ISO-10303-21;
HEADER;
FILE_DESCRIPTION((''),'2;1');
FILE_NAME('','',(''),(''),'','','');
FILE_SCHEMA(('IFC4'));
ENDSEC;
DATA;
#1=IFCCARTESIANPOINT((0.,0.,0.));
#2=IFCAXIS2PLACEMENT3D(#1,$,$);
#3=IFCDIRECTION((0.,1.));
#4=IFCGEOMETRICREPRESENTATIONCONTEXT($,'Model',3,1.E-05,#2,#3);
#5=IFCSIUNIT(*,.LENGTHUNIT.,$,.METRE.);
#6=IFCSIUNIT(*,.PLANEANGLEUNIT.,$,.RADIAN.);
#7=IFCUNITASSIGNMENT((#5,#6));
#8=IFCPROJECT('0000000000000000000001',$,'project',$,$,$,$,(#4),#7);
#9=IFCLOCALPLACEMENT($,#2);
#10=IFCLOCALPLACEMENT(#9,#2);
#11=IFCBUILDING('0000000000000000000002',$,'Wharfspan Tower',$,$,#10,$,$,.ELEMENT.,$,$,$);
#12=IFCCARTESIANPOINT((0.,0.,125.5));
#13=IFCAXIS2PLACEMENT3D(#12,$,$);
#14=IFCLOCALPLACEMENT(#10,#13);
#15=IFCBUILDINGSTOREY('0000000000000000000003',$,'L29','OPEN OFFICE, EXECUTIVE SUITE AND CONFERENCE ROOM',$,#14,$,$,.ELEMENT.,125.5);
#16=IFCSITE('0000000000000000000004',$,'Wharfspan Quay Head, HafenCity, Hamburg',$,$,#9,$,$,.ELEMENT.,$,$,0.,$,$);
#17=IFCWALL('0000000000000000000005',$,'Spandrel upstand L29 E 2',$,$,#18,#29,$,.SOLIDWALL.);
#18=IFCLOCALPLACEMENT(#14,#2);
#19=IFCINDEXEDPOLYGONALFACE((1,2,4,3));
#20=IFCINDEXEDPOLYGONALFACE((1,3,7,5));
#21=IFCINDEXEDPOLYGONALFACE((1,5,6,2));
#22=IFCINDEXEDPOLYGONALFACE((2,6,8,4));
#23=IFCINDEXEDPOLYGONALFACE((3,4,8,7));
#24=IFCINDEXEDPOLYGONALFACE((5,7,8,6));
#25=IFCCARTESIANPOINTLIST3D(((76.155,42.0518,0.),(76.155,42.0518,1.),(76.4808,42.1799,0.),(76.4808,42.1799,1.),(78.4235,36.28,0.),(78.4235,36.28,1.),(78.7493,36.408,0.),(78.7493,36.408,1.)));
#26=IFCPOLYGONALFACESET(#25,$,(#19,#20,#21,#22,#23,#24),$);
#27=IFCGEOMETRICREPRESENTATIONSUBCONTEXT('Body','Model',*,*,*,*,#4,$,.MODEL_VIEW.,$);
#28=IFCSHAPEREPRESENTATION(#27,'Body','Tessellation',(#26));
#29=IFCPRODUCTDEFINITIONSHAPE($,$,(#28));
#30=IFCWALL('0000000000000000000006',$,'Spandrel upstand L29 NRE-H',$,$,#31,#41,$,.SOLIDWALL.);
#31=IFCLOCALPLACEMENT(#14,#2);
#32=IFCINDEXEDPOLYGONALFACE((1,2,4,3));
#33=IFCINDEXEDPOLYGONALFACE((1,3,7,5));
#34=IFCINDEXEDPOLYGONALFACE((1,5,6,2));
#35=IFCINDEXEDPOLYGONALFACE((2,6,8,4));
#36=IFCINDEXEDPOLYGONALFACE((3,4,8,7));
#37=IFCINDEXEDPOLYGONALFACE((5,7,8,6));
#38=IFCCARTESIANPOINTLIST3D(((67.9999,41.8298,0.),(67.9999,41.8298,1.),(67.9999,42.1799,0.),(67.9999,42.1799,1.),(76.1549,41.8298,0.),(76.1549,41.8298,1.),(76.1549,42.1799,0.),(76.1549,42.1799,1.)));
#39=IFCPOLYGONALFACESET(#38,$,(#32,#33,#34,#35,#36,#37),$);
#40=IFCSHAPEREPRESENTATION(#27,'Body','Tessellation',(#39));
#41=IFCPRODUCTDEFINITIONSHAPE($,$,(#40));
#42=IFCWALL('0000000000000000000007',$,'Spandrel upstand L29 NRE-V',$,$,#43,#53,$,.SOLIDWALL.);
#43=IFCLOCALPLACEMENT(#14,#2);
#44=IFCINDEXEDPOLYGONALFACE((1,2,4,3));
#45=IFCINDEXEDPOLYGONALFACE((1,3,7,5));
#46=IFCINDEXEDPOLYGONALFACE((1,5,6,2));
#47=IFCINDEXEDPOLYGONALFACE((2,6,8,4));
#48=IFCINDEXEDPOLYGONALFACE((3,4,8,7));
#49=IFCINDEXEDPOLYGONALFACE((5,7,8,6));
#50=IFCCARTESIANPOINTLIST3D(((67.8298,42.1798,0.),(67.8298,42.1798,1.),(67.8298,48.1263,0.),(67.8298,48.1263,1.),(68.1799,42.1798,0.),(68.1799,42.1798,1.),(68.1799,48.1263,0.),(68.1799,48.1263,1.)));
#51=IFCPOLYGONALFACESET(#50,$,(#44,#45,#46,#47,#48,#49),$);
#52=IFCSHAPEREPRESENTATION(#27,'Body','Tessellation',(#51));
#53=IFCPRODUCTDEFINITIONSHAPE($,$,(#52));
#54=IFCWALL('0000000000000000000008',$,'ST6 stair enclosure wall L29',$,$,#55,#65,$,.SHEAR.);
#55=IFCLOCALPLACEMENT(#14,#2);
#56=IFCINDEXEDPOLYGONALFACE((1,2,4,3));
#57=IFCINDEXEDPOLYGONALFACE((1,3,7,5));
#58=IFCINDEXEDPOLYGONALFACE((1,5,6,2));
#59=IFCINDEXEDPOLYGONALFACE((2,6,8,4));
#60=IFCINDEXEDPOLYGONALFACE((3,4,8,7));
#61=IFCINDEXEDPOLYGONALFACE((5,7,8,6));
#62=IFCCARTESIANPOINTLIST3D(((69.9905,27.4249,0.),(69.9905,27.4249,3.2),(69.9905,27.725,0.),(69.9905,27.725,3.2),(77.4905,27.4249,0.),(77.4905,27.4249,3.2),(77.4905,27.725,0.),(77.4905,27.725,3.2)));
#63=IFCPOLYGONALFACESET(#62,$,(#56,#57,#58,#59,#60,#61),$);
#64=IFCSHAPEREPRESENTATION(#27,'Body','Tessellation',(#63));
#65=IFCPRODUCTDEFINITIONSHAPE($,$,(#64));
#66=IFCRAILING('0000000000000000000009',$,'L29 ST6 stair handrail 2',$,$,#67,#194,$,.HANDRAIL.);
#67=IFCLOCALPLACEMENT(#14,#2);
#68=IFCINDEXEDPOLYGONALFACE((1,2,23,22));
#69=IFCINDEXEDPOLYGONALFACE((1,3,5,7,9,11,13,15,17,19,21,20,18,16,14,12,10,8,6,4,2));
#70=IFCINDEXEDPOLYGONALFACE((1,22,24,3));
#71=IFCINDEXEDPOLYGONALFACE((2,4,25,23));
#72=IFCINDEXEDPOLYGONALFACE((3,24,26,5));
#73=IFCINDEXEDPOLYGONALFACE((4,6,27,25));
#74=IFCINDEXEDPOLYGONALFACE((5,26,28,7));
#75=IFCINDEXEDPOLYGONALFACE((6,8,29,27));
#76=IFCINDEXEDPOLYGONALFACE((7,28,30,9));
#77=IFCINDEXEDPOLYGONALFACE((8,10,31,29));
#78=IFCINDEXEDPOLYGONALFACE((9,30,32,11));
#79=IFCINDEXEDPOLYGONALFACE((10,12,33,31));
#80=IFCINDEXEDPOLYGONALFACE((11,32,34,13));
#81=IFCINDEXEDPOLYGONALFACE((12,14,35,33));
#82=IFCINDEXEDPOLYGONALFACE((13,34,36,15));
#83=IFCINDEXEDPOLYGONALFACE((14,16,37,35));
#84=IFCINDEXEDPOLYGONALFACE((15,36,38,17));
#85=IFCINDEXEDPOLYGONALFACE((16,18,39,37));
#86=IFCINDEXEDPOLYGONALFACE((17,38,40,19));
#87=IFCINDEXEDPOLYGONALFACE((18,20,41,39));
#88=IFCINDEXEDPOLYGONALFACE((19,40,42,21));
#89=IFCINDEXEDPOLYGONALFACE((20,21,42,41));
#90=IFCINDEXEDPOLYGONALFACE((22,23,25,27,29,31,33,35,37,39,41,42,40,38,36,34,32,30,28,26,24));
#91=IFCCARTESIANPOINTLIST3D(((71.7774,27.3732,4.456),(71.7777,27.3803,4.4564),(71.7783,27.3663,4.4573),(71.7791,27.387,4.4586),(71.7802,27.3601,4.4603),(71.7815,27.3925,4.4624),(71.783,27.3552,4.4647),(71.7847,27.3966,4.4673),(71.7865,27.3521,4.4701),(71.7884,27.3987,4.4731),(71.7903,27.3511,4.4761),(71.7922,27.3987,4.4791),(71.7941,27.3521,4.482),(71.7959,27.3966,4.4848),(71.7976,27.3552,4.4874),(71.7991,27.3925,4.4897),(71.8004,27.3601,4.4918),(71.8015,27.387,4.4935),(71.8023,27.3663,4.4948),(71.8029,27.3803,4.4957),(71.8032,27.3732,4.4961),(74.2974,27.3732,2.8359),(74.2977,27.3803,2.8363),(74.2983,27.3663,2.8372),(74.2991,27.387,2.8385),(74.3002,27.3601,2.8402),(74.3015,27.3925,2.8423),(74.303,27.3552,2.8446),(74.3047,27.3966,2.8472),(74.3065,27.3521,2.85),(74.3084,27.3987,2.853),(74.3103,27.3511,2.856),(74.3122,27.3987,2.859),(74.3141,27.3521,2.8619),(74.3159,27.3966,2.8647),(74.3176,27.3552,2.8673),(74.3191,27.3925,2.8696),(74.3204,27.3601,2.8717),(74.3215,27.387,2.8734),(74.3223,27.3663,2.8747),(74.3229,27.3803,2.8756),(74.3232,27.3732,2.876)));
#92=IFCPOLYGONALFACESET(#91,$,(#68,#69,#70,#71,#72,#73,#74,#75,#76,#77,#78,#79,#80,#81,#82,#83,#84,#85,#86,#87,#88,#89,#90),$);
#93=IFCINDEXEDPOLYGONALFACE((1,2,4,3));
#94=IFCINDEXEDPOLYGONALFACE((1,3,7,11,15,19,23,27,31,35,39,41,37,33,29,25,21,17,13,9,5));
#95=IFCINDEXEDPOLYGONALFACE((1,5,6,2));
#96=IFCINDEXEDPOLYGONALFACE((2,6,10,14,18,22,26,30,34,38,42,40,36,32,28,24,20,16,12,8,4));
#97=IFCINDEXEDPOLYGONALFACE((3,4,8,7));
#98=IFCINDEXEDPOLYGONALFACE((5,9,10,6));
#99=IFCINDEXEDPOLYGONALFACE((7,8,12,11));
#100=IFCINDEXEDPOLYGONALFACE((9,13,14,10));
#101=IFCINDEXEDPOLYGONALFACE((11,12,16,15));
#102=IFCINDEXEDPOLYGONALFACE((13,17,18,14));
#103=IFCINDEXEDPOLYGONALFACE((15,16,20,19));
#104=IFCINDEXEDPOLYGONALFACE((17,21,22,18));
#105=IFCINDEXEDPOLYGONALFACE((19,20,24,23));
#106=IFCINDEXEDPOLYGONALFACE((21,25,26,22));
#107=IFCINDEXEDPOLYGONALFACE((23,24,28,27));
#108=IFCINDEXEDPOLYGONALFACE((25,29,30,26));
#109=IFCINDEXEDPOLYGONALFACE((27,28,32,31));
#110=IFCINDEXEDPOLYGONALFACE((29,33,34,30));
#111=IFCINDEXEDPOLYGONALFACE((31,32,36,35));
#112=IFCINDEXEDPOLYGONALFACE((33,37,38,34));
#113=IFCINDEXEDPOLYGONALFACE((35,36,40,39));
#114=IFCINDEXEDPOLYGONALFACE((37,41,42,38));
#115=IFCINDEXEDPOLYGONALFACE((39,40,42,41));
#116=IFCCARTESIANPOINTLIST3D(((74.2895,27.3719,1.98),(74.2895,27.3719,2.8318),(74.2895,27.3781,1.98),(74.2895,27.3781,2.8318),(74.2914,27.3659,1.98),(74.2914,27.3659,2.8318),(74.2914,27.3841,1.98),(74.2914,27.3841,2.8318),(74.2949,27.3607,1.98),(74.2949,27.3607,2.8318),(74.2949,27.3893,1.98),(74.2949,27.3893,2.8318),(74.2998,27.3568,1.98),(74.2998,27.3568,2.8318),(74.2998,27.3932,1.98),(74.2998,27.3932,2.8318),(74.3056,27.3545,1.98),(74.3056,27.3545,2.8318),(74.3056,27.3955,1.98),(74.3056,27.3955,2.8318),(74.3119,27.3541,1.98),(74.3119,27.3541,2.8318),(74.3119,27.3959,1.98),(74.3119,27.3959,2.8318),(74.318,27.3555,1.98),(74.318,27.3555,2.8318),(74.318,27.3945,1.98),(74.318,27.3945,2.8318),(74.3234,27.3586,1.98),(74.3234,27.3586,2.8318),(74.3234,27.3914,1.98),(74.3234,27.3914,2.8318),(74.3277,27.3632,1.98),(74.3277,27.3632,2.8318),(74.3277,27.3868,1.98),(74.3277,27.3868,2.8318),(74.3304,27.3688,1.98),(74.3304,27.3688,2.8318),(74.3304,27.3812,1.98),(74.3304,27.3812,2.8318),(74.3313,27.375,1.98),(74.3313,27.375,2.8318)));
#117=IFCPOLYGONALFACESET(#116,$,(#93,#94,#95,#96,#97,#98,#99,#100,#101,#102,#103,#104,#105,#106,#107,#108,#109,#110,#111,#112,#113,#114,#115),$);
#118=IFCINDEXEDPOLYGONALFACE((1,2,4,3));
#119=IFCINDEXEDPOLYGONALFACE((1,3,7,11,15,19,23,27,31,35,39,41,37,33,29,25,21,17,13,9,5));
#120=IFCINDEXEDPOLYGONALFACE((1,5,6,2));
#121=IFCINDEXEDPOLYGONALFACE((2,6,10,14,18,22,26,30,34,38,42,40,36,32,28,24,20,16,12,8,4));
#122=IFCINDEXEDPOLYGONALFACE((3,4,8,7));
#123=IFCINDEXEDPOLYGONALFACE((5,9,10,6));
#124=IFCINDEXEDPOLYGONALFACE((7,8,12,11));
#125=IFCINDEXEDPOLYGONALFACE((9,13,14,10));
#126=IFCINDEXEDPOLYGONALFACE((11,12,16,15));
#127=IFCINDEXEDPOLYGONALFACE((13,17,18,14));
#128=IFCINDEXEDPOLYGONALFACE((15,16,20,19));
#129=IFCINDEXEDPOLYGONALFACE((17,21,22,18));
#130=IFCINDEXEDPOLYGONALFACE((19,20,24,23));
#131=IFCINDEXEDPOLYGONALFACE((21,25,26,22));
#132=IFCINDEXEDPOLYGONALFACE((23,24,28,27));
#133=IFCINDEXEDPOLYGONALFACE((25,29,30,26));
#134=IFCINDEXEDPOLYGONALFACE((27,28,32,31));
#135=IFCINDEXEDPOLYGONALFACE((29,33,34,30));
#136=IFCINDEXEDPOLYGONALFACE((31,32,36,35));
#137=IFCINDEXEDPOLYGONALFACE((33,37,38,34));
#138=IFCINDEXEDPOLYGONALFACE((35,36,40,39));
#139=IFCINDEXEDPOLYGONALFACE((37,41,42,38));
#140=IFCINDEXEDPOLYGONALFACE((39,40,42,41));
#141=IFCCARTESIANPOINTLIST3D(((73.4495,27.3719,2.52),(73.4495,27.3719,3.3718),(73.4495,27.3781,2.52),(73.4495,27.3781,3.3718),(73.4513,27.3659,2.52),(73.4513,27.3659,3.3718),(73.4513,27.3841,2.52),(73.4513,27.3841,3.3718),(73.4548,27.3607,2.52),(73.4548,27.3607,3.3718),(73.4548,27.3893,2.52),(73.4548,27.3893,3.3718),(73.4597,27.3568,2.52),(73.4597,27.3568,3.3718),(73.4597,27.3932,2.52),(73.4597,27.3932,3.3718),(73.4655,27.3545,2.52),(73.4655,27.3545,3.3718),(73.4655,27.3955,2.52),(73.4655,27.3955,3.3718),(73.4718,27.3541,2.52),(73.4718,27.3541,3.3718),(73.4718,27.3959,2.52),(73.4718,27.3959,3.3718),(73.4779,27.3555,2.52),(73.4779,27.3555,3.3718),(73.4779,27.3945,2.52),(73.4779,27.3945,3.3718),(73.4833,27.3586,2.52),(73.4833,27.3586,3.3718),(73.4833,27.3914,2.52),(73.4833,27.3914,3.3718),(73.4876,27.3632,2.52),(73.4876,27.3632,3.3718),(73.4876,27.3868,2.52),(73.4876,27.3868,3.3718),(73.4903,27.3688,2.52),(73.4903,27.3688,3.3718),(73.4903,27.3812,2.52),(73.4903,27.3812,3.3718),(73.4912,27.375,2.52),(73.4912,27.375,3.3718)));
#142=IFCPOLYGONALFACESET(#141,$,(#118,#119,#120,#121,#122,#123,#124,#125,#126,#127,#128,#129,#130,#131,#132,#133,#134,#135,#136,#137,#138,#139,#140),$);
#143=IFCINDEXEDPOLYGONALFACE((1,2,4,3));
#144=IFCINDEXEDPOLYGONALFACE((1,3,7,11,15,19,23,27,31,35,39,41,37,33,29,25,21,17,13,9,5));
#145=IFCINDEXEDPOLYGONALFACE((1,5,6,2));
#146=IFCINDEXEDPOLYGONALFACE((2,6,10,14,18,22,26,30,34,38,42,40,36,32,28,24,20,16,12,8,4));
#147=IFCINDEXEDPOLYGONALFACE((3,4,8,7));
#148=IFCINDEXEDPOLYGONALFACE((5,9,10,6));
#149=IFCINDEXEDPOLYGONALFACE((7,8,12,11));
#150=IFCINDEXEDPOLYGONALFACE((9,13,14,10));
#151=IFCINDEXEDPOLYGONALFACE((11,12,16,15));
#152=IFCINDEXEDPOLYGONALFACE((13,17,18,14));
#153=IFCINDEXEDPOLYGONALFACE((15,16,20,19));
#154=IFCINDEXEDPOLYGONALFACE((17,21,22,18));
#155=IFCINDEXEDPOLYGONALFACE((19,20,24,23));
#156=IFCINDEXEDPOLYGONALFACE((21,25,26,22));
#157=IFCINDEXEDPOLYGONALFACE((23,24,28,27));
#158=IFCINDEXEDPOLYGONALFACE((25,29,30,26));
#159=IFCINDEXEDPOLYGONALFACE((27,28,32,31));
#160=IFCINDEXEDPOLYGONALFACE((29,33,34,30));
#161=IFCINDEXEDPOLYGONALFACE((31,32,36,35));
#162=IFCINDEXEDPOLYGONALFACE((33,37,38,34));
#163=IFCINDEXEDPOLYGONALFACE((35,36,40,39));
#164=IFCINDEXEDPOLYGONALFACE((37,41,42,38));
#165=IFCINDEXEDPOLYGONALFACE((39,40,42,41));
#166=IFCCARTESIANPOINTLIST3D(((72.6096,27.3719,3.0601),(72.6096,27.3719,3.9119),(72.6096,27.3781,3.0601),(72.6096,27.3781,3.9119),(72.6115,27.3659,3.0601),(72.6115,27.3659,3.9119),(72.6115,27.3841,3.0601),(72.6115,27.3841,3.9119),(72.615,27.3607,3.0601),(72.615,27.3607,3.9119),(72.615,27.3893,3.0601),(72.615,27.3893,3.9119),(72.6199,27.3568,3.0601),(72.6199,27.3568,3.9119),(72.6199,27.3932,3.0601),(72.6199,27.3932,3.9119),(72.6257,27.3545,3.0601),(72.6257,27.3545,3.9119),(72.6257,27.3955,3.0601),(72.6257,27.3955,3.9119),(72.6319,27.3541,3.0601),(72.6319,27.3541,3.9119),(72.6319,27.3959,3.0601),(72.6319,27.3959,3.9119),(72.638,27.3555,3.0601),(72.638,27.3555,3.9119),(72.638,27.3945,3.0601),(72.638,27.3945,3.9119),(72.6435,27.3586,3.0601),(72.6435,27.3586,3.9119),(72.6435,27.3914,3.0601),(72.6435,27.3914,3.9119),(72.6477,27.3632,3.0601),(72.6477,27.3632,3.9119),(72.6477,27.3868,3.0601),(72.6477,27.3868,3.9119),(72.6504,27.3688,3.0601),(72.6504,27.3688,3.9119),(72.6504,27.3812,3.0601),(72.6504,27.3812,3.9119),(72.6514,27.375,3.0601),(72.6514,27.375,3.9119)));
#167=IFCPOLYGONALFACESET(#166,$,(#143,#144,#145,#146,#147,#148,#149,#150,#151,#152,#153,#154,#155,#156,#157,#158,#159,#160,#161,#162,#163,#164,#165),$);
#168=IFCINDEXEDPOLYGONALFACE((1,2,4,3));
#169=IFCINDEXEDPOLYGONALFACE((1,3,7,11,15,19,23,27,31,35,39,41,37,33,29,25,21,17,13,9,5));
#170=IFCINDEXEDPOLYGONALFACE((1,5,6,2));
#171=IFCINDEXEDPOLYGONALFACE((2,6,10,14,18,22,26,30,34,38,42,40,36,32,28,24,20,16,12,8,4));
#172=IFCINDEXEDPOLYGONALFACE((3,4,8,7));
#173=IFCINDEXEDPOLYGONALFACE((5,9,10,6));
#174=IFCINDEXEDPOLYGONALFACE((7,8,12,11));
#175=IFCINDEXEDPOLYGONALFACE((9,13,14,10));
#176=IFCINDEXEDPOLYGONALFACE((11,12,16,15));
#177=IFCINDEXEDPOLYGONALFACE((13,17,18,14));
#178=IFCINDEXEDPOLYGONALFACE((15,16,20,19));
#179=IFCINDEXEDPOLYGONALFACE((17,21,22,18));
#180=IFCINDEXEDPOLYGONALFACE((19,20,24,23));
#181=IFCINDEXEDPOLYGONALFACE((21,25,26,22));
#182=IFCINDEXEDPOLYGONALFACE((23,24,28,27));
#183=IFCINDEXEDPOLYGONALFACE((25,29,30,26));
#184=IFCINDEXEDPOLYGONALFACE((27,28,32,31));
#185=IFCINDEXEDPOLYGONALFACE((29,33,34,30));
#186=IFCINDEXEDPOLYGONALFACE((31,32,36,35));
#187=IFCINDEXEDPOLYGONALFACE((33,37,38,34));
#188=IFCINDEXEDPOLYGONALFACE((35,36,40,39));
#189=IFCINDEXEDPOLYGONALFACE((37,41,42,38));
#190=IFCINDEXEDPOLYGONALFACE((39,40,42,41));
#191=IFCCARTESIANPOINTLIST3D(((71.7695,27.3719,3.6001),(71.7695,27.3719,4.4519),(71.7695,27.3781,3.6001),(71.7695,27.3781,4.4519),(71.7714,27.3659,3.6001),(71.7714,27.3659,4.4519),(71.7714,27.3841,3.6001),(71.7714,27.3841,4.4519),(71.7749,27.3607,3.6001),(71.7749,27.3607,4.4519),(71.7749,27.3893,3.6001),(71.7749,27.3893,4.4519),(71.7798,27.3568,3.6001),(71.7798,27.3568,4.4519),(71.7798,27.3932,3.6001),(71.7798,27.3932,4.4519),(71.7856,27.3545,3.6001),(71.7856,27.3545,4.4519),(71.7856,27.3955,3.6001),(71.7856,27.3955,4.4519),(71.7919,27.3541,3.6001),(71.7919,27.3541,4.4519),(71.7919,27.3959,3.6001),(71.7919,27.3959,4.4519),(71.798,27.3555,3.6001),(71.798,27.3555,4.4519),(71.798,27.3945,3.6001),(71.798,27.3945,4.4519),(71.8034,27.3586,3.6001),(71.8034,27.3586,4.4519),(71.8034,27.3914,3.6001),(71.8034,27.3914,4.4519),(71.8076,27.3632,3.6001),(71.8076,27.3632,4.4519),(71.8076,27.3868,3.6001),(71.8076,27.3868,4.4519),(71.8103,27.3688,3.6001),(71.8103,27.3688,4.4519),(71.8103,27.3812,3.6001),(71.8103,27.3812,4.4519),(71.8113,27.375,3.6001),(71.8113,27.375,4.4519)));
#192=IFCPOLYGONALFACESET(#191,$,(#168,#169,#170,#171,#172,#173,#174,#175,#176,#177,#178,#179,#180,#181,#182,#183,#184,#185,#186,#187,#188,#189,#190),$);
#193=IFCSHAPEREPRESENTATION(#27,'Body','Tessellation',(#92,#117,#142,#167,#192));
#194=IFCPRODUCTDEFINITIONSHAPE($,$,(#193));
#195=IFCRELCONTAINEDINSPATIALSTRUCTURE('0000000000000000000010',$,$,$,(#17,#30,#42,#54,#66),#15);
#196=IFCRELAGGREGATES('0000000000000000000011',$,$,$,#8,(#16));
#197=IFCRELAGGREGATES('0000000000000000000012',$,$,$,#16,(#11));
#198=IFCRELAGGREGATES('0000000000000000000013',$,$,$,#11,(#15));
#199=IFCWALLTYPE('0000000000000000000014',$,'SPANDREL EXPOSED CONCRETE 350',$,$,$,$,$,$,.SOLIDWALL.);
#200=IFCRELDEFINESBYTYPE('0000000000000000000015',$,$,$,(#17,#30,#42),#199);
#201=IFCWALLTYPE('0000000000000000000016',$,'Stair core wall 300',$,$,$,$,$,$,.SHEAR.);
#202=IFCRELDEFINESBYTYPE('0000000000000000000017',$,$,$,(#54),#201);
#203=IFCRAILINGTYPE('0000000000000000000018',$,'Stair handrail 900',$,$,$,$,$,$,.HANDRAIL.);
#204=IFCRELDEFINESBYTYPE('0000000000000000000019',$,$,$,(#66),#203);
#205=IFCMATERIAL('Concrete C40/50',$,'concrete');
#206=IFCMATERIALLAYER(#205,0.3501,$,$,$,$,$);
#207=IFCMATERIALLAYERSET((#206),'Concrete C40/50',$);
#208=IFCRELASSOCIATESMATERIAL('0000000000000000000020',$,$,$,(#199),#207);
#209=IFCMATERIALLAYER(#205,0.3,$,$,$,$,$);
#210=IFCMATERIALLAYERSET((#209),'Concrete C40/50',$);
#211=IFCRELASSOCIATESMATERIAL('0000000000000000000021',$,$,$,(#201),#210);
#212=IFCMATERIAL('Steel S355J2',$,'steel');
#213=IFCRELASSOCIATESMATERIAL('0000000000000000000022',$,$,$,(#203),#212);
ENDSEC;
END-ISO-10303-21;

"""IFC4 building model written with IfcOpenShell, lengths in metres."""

from ifc_helpers import new_model, si_unit, direction, frame, frame_2d, origin, origin_2d, place, context, subcontext, project, spatial, rectangle, circle, extrude, material, layer, layer_set, type_object, element, save


model = new_model("IFC4")

# Units and contexts
model_context = context("Model", 3, precision=1e-05, world=origin(), true_north=direction((0.0, 1.0)))
body_context = subcontext(model_context, "Body", "Model", "MODEL_VIEW")
ifc_project = project(units=[si_unit("LENGTHUNIT", "METRE"), si_unit("PLANEANGLEUNIT", "RADIAN")], contexts=[model_context])

# Site, building, storey
site_placement = place(None, origin())
site = spatial("IfcSite", under=ifc_project, at=site_placement, Name="Wharfspan Quay Head, HafenCity, Hamburg", CompositionType="ELEMENT", RefElevation=0.0)
building_placement = place(site_placement, origin())
building = spatial("IfcBuilding", under=site, at=building_placement, Name="Wharfspan Tower", CompositionType="ELEMENT")
storey_placement = place(building_placement, frame((0.0, 0.0, 125.5)))
storey = spatial("IfcBuildingStorey", under=building, at=storey_placement, Name="L29", Description="OPEN OFFICE, EXECUTIVE SUITE AND CONFERENCE ROOM", CompositionType="ELEMENT", Elevation=125.5)

# Shared definitions
ifc_material_1 = material(Name="Steel S355J2", Category="steel")

# Walls
ifc_material_2 = material(Name="Concrete C40/50", Category="concrete")
ifc_layer_1 = layer(ifc_material_2, 0.3501)
ifc_layer_set_1 = layer_set([ifc_layer_1], Name="Concrete C40/50")
wall_type_1 = type_object("IfcWallType", Name="SPANDREL EXPOSED CONCRETE 350", PredefinedType="SOLIDWALL", material=ifc_layer_set_1)
wall_1_placement = place(storey_placement, frame((78.5864, 36.344, 0.0), z_axis=(0.0, 0.0, 1.0), x_axis=(-0.365792, 0.930699, 0.0)))
element("IfcWall", 1, at=wall_1_placement, inside=storey, type_object=wall_type_1, Name="Spandrel upstand L29 E 2", PredefinedType="SOLIDWALL", context=body_context, shape_type="SweptSolid", body=[
    extrude(rectangle(XDim=6.2017, YDim=0.3501, at=frame_2d((3.1008, 0.0))), origin(), (0.0, 0.0, 1.0), 1.0),
])
wall_2_placement = place(storey_placement, frame((76.155, 42.0049, 0.0), z_axis=(0.0, 0.0, 1.0), x_axis=(-1.0, 0.0, 0.0)))
element("IfcWall", 2, at=wall_2_placement, inside=storey, type_object=wall_type_1, Name="Spandrel upstand L29 NRE-H", PredefinedType="SOLIDWALL", context=body_context, shape_type="SweptSolid", body=[
    extrude(rectangle(XDim=8.155, YDim=0.3501, at=frame_2d((4.0776, 0.0))), origin(), (0.0, 0.0, 1.0), 1.0),
])
wall_3_placement = place(storey_placement, frame((68.0049, 42.1799, 0.0), z_axis=(0.0, 0.0, 1.0), x_axis=(0.0, 1.0, 0.0)))
element("IfcWall", 3, at=wall_3_placement, inside=storey, type_object=wall_type_1, Name="Spandrel upstand L29 NRE-V", PredefinedType="SOLIDWALL", context=body_context, shape_type="SweptSolid", body=[
    extrude(rectangle(XDim=5.9465, YDim=0.3501, at=frame_2d((2.9731, 0.0))), origin(), (0.0, 0.0, 1.0), 1.0),
])
ifc_layer_2 = layer(ifc_material_2, 0.3)
ifc_layer_set_2 = layer_set([ifc_layer_2], Name="Concrete C40/50")
wall_type_2 = type_object("IfcWallType", Name="Stair core wall 300", PredefinedType="SHEAR", material=ifc_layer_set_2)
wall_4_placement = place(storey_placement, frame((69.9905, 27.575, 0.0), z_axis=(0.0, 0.0, 1.0), x_axis=(1.0, 0.0, 0.0)))
element("IfcWall", 4, at=wall_4_placement, inside=storey, type_object=wall_type_2, Name="ST6 stair enclosure wall L29", PredefinedType="SHEAR", context=body_context, shape_type="SweptSolid", body=[
    extrude(rectangle(XDim=7.5, YDim=0.3, at=frame_2d((3.75, 0.0))), origin(), (0.0, 0.0, 1.0), 3.2),
])

# Railing
railing_type = type_object("IfcRailingType", Name="Stair handrail 900", PredefinedType="HANDRAIL", material=ifc_material_1)
railing_placement = place(storey_placement, frame((74.3103, 27.375, 1.98)))
element("IfcRailing", 5, at=railing_placement, inside=storey, type_object=railing_type, Name="L29 ST6 stair handrail 2", PredefinedType="HANDRAIL", context=body_context, shape_type="SweptSolid", body=[
    extrude(circle(Radius=0.0239, at=origin_2d()), frame((0.0, 0.0, 0.876), z_axis=(-0.841163, 0.0, 0.540782), x_axis=(0.0, -1.0, 0.0)), (0.0, 0.0, 1.0), 2.9958),
    extrude(circle(Radius=0.021, at=origin_2d()), origin(), (0.0, 0.0, 1.0), 0.8518),
    extrude(circle(Radius=0.021, at=origin_2d()), frame((-0.8401, 0.0, 0.54)), (0.0, 0.0, 1.0), 0.8518),
    extrude(circle(Radius=0.021, at=origin_2d()), frame((-1.6799, 0.0, 1.0801)), (0.0, 0.0, 1.0), 0.8518),
    extrude(circle(Radius=0.021, at=origin_2d()), frame((-2.52, 0.0, 1.6201)), (0.0, 0.0, 1.0), 0.8518),
])

save(model, "model.ifc")
